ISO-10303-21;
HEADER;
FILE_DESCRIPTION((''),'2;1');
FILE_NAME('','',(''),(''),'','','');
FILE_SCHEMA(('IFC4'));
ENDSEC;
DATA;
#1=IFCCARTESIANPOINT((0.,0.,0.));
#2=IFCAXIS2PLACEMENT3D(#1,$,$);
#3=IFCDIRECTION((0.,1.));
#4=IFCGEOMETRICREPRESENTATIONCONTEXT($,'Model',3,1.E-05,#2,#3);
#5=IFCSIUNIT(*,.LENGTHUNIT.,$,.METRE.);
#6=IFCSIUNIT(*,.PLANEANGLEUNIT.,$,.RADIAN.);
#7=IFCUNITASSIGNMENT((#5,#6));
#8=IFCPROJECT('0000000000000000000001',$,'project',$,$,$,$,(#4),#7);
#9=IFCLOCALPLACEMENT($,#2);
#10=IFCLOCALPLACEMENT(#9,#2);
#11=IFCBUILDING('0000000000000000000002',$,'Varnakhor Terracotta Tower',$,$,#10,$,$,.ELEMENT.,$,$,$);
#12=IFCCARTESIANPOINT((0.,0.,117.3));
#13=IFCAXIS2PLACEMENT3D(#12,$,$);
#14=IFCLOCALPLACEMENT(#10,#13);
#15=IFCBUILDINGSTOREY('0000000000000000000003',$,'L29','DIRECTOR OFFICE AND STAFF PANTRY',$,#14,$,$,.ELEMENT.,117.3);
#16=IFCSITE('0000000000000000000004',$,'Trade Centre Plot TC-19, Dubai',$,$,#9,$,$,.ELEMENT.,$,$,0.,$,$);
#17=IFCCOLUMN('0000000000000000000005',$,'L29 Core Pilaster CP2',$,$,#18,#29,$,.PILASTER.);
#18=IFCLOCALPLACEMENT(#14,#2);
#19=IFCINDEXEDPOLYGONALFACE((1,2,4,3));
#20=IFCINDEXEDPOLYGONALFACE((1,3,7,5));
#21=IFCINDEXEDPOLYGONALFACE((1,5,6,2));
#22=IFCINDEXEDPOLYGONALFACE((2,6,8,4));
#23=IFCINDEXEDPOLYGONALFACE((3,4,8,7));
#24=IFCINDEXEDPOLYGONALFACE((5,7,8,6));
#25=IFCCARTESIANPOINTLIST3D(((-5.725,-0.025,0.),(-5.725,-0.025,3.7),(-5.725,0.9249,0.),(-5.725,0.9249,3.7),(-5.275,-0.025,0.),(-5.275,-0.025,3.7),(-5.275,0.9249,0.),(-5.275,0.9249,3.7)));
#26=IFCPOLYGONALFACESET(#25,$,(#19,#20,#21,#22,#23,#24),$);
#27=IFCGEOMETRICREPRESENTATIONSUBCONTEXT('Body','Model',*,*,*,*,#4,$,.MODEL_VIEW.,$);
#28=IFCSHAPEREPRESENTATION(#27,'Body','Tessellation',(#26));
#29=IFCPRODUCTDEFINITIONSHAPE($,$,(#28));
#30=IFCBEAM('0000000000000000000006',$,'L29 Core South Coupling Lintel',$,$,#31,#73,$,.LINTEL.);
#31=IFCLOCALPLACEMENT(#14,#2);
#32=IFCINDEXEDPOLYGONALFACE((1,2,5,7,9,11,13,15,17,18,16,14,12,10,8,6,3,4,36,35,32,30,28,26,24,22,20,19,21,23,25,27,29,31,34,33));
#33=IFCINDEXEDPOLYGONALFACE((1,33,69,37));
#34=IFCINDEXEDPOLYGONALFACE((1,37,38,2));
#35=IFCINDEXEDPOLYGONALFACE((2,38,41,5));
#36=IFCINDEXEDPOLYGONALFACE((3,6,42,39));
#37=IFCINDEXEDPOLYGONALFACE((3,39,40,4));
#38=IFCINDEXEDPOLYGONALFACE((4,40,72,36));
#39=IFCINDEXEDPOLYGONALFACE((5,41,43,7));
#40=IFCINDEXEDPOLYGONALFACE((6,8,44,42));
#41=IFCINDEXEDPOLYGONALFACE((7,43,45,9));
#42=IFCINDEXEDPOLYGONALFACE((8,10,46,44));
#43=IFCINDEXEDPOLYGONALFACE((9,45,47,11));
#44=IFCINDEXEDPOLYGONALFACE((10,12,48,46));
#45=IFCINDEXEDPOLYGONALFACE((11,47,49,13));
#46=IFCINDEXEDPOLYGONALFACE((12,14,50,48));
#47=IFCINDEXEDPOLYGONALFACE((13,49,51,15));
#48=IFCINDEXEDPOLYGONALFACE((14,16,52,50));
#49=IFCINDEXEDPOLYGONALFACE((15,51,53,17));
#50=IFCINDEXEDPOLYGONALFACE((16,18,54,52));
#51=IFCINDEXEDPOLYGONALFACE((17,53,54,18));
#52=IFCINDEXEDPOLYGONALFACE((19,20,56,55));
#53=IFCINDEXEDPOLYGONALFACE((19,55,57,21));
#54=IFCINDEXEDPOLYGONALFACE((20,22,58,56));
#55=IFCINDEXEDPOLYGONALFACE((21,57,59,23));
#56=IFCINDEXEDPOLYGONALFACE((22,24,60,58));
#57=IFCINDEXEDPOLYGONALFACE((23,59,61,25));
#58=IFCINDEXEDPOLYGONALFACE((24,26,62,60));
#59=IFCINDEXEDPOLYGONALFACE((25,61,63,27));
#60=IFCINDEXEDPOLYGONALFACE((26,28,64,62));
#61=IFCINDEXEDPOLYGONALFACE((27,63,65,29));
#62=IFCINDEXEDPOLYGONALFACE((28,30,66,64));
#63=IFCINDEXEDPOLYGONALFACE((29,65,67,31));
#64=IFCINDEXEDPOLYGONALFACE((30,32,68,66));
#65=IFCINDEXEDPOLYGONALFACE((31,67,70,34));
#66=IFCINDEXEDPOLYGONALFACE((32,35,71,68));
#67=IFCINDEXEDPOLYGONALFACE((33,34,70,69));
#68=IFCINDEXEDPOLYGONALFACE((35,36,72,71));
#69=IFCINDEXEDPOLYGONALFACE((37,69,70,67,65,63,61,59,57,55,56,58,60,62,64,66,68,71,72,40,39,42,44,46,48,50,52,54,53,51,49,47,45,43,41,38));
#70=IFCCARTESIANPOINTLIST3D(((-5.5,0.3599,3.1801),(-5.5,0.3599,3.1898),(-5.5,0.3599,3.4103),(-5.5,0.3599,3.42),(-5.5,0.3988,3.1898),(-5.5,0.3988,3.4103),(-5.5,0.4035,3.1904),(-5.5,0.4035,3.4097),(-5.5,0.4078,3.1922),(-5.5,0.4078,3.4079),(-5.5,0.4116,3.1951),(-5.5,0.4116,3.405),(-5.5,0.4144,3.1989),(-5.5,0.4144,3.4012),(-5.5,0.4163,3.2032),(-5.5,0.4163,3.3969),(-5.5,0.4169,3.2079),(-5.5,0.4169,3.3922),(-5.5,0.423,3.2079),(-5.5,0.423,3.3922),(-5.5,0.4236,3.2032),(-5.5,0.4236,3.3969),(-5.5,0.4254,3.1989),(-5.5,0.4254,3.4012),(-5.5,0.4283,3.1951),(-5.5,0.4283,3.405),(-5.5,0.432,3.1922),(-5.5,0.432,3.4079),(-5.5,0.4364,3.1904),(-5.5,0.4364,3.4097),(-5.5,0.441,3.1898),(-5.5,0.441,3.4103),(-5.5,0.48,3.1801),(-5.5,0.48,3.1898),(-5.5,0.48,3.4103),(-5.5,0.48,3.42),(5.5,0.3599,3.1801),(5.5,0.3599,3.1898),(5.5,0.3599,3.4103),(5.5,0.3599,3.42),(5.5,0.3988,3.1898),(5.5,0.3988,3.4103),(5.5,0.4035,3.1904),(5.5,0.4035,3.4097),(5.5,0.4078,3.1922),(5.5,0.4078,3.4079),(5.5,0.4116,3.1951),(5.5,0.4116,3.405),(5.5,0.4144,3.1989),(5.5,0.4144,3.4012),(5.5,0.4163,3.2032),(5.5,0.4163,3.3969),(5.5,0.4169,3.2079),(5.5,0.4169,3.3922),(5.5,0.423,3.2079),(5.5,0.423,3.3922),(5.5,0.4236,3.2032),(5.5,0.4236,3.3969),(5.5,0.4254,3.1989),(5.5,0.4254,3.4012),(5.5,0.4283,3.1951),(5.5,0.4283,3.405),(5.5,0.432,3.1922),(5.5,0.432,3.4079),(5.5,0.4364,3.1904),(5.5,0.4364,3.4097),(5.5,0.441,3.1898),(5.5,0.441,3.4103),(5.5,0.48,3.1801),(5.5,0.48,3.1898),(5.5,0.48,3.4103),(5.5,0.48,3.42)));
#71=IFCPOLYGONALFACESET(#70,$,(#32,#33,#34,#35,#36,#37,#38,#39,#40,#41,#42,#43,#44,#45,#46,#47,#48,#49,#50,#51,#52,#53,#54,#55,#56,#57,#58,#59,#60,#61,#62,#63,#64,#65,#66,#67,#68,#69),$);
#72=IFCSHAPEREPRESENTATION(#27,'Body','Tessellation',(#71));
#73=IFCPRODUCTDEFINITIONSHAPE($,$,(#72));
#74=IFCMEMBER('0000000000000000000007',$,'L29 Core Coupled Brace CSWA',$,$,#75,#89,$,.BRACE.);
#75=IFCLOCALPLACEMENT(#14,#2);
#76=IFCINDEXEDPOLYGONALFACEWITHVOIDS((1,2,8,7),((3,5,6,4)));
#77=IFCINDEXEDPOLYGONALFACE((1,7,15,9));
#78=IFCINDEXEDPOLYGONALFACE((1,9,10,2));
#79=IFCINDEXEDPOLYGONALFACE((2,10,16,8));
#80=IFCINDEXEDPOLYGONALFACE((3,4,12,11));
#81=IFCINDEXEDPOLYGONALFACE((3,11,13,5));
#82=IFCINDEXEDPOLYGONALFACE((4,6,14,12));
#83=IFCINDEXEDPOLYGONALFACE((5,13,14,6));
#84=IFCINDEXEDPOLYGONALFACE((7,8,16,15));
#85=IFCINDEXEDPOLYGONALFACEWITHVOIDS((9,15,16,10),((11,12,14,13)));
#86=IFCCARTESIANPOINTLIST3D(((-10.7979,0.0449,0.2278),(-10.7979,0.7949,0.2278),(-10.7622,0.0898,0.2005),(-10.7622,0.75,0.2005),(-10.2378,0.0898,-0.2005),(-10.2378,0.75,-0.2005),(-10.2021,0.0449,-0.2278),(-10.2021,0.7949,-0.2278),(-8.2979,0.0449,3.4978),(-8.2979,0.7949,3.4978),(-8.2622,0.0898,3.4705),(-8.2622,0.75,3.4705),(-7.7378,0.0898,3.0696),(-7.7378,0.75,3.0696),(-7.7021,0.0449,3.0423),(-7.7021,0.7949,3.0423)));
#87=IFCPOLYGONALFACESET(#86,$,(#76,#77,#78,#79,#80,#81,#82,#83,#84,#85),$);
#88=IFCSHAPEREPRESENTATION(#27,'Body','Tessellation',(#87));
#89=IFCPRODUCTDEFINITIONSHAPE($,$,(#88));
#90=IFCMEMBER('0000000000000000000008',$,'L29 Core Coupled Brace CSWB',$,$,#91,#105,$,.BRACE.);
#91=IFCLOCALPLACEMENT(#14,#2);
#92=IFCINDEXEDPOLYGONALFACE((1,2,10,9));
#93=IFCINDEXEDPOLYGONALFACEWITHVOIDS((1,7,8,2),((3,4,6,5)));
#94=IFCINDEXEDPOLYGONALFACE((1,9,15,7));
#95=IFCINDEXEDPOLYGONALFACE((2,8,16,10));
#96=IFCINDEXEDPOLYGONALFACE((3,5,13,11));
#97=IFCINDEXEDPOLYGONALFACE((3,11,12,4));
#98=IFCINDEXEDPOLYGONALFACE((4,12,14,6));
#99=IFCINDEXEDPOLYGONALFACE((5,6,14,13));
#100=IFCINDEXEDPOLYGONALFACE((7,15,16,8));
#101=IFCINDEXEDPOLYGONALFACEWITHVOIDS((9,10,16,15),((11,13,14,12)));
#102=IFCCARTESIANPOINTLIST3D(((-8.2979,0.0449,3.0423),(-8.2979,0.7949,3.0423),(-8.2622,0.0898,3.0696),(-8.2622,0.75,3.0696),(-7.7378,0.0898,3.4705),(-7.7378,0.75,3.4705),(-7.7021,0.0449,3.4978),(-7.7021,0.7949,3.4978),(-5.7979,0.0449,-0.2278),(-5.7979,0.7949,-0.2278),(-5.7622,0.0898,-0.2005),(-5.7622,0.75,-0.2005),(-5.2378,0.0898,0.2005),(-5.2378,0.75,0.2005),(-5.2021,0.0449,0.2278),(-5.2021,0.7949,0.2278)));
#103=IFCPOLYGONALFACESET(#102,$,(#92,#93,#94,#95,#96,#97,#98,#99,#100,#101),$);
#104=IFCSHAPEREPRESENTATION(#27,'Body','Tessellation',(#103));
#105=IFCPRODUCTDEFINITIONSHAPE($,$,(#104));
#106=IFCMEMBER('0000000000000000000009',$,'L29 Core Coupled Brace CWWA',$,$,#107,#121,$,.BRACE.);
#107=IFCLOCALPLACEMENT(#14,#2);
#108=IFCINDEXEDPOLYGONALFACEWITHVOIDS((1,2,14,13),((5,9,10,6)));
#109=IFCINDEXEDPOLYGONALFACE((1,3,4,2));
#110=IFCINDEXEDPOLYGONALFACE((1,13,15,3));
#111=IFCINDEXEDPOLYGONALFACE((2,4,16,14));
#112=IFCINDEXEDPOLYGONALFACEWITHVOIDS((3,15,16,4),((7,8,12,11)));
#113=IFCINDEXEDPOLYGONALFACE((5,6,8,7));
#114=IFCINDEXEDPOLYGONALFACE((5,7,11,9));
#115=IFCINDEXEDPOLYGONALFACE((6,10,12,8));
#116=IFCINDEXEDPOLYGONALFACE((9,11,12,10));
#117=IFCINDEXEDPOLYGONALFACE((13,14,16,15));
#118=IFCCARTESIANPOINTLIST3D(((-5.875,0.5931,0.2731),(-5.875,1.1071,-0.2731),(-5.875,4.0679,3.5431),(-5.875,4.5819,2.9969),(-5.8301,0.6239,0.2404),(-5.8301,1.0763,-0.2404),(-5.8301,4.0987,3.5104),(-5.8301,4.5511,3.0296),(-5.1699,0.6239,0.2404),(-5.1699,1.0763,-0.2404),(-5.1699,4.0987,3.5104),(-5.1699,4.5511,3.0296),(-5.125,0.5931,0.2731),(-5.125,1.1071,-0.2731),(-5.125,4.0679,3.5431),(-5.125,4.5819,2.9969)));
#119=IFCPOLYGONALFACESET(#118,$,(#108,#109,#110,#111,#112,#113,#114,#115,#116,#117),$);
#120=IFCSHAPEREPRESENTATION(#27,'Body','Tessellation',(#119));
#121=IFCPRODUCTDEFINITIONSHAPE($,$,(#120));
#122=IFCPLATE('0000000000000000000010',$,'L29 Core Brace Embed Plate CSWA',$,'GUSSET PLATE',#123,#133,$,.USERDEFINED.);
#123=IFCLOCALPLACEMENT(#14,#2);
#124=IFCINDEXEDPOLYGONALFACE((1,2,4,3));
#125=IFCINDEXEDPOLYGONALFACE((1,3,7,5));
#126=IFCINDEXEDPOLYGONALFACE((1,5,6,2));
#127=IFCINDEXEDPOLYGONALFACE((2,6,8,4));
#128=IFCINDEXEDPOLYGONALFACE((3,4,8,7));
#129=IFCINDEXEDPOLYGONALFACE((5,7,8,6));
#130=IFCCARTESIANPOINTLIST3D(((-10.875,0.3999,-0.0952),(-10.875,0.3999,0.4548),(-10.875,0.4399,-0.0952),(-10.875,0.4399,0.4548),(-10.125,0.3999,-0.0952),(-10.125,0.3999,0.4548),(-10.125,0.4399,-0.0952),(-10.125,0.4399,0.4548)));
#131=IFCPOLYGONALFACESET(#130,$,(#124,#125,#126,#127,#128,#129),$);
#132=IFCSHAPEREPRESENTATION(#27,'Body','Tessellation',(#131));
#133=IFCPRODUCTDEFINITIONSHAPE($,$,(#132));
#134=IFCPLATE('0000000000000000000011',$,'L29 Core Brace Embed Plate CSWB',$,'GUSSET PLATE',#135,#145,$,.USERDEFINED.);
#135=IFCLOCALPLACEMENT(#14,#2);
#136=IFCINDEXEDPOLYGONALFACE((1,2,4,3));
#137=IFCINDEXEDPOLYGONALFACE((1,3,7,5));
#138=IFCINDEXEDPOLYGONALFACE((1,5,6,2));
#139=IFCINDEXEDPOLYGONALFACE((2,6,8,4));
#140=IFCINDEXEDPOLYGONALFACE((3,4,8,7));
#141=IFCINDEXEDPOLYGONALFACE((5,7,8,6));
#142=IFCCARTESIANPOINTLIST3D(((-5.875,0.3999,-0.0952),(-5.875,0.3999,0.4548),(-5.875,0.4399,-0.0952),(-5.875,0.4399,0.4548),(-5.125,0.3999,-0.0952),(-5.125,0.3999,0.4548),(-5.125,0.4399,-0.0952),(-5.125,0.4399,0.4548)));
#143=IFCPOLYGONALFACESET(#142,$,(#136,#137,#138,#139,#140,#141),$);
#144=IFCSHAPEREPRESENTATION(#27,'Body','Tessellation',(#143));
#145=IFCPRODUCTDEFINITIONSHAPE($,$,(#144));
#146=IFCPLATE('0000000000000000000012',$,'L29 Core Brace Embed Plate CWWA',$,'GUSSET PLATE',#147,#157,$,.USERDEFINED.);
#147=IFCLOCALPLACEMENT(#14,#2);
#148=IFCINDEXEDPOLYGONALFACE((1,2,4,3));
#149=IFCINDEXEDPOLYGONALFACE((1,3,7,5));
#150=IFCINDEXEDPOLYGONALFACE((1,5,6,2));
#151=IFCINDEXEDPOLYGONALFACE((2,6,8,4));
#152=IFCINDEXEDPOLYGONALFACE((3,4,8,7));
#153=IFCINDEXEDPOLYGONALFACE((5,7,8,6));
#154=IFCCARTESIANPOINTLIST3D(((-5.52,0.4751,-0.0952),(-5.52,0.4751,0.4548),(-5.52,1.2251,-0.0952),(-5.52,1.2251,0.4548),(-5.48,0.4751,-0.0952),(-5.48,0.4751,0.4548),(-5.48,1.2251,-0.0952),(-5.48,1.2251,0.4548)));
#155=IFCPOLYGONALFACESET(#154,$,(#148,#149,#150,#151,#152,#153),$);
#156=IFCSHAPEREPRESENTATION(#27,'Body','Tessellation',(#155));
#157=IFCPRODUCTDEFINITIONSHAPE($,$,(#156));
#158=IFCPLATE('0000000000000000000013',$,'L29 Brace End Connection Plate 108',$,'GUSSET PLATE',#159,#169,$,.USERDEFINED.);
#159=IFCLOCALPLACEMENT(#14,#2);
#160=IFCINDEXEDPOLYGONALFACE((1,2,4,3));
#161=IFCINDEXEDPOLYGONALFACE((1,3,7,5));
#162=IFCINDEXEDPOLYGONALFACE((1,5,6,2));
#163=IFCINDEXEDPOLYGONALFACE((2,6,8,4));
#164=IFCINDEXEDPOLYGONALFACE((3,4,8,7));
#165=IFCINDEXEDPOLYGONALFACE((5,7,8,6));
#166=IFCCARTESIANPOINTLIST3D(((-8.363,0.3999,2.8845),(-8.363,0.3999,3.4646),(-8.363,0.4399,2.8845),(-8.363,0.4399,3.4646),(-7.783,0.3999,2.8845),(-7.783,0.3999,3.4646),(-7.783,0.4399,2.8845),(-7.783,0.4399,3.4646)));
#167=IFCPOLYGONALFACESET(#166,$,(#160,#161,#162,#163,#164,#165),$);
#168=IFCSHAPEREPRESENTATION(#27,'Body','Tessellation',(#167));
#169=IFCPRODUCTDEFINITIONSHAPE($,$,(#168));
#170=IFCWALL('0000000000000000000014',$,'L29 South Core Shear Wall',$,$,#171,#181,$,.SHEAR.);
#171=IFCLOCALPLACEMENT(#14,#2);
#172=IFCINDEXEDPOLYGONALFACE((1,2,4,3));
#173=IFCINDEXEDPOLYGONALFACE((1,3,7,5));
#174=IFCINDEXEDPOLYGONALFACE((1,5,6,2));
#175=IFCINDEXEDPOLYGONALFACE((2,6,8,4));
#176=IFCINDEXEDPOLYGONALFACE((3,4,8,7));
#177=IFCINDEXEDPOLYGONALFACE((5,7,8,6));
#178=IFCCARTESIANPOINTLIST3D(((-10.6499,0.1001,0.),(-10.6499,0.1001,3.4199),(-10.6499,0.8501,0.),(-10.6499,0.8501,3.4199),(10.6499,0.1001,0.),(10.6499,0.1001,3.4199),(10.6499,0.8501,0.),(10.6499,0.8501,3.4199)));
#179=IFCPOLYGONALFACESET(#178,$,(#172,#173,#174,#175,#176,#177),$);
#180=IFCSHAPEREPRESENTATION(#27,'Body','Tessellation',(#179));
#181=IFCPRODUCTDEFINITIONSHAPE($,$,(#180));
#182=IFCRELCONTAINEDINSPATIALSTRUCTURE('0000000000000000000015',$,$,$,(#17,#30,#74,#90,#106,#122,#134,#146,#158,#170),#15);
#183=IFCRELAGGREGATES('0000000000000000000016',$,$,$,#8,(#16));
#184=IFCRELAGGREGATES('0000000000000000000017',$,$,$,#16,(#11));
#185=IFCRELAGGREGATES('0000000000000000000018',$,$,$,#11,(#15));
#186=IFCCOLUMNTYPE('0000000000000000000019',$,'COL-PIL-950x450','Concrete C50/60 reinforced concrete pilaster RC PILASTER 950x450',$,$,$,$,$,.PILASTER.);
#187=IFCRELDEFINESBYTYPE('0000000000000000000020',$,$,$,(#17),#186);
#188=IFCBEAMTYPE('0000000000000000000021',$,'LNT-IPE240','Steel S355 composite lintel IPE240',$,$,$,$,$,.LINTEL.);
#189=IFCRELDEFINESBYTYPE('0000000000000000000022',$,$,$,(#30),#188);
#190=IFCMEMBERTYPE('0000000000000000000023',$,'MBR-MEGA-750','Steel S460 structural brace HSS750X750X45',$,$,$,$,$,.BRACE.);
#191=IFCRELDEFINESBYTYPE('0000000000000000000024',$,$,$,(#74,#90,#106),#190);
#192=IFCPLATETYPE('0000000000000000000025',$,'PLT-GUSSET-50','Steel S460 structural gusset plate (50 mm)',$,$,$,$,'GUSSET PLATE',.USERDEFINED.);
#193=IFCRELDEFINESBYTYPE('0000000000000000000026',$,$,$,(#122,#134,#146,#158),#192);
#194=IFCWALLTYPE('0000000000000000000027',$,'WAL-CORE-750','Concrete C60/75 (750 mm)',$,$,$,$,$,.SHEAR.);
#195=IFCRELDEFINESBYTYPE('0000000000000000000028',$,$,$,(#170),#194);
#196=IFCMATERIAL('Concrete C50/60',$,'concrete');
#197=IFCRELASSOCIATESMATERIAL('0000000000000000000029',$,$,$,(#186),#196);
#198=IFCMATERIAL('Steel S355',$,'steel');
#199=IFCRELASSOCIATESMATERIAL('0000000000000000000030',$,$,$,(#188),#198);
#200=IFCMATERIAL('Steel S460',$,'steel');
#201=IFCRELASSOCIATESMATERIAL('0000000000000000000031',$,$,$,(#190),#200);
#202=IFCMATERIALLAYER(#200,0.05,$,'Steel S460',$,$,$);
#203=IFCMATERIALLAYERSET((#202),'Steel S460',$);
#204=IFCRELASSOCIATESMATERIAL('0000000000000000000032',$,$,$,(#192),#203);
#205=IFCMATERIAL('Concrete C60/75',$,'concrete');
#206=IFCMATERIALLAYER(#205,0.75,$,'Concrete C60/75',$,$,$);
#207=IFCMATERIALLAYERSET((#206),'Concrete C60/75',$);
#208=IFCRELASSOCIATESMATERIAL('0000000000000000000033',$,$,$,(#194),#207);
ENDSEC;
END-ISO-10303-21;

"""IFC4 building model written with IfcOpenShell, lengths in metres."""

from ifc_helpers import new_model, si_unit, direction, frame, frame_2d, origin, origin_2d, place, context, subcontext, project, spatial, rectangle, hollow_rectangle, i_section, extrude, source, transform, mapped, material, layer, layer_set, material_profile, profile_set, type_object, type_shapes, element, save


model = new_model("IFC4")

# Units and contexts
model_context = context("Model", 3, precision=1e-05, world=origin(), true_north=direction((0.0, 1.0)))
body_context = subcontext(model_context, "Body", "Model", "MODEL_VIEW")
ifc_project = project(units=[si_unit("LENGTHUNIT", "METRE"), si_unit("PLANEANGLEUNIT", "RADIAN")], contexts=[model_context])

# Site, building, storey
site_placement = place(None, origin())
site = spatial("IfcSite", under=ifc_project, at=site_placement, Name="Trade Centre Plot TC-19, Dubai", CompositionType="ELEMENT", RefElevation=0.0)
building_placement = place(site_placement, origin())
building = spatial("IfcBuilding", under=site, at=building_placement, Name="Varnakhor Terracotta Tower", CompositionType="ELEMENT")
storey_placement = place(building_placement, frame((0.0, 0.0, 117.3)))
storey = spatial("IfcBuildingStorey", under=building, at=storey_placement, Name="L29", Description="DIRECTOR OFFICE AND STAFF PANTRY", CompositionType="ELEMENT", Elevation=117.3)

# Column
ifc_material_1 = material(Name="Concrete C50/60", Category="concrete")
ifc_material_profile_1 = material_profile(ifc_material_1, rectangle(XDim=0.45, YDim=0.95, at=origin_2d()), Name="RC PILASTER 950x450")
ifc_profile_set_1 = profile_set([ifc_material_profile_1], Name="Concrete C50/60")
column_type = type_object("IfcColumnType", Name="COL-PIL-950x450", Description="Concrete C50/60 reinforced concrete pilaster RC PILASTER 950x450", PredefinedType="PILASTER", material=ifc_profile_set_1)
shared_shape_1 = source(origin(), body_context, "Body", "SweptSolid", [
    extrude(rectangle(XDim=0.45, YDim=0.95, at=origin_2d()), origin(), (0.0, 0.0, 1.0), 3.7),
])
column_placement = place(storey_placement, frame((-5.5, 0.45, 0.0), z_axis=(0.0, 0.0, 1.0), x_axis=(1.0, 0.0, 0.0)))
element("IfcColumn", 1, at=column_placement, inside=storey, type_object=column_type, Name="L29 Core Pilaster CP2", PredefinedType="PILASTER", context=body_context, shape_type="MappedRepresentation", body=[
    mapped(shared_shape_1, transform((0.0, 0.0, 0.0), scale=1.0)),
])

# Beam
ifc_material_2 = material(Name="Steel S355", Category="steel")
ifc_material_profile_2 = material_profile(ifc_material_2, i_section(OverallWidth=0.1201, OverallDepth=0.24, WebThickness=0.0061, FlangeThickness=0.0098, FilletRadius=0.0181, at=origin_2d()), Name="IPE240")
ifc_profile_set_2 = profile_set([ifc_material_profile_2], Name="Steel S355")
beam_type = type_object("IfcBeamType", Name="LNT-IPE240", Description="Steel S355 composite lintel IPE240", PredefinedType="LINTEL", material=ifc_profile_set_2)
shared_shape_2 = source(origin(), body_context, "Body", "SweptSolid", [
    extrude(i_section(OverallWidth=0.1201, OverallDepth=0.24, WebThickness=0.0061, FlangeThickness=0.0098, FilletRadius=0.0181, at=origin_2d()), origin(), (0.0, 0.0, 1.0), 11.0),
])
type_shapes(beam_type, [shared_shape_2])
beam_placement = place(storey_placement, frame((-5.5, 0.4199, 3.3), z_axis=(1.0, 0.0, 0.0), x_axis=(0.0, 1.0, 0.0)))
element("IfcBeam", 2, at=beam_placement, inside=storey, type_object=beam_type, Name="L29 Core South Coupling Lintel", PredefinedType="LINTEL", context=body_context, shape_type="MappedRepresentation", body=[
    mapped(shared_shape_2, transform((0.0, 0.0, 0.0), scale=1.0)),
])

# Members
ifc_material_3 = material(Name="Steel S460", Category="steel")
ifc_material_profile_3 = material_profile(ifc_material_3, hollow_rectangle(XDim=0.75, YDim=0.75, WallThickness=0.0449, at=origin_2d()), Name="HSS750X750X45")
ifc_profile_set_3 = profile_set([ifc_material_profile_3], Name="Steel S460")
member_type = type_object("IfcMemberType", Name="MBR-MEGA-750", Description="Steel S460 structural brace HSS750X750X45", PredefinedType="BRACE", material=ifc_profile_set_3)
shared_shape_3 = source(origin(), body_context, "Body", "SweptSolid", [
    extrude(hollow_rectangle(XDim=0.75, YDim=0.75, WallThickness=0.0449, at=origin_2d()), origin(), (0.0, 0.0, 1.0), 4.1162),
])
for number, where, z_axis, x_axis, name in (
    (3, (-10.5, 0.4199, 0.0), (0.607358, 0.0, 0.794429), (0.0, 1.0, 0.0), "L29 Core Coupled Brace CSWA"),
    (4, (-5.5, 0.4199, 0.0), (-0.607358, 0.0, 0.794429), (0.0, -1.0, 0.0), "L29 Core Coupled Brace CSWB"),
):
    element("IfcMember", number, at=place(storey_placement, frame(where, z_axis=z_axis, x_axis=x_axis)), inside=storey, type_object=member_type, Name=name, PredefinedType="BRACE", context=body_context, shape_type="MappedRepresentation", body=[
        mapped(shared_shape_3, transform((0.0, 0.0, 0.0), scale=1.0)),
    ])
shared_shape_4 = source(origin(), body_context, "Body", "SweptSolid", [
    extrude(hollow_rectangle(XDim=0.75, YDim=0.75, WallThickness=0.0449, at=origin_2d()), origin(), (0.0, 0.0, 1.0), 4.7715),
])
member_placement = place(storey_placement, frame((-5.5, 0.8501, 0.0), z_axis=(0.0, 0.728245, 0.685317), x_axis=(-1.0, 0.0, 0.0)))
element("IfcMember", 5, at=member_placement, inside=storey, type_object=member_type, Name="L29 Core Coupled Brace CWWA", PredefinedType="BRACE", context=body_context, shape_type="MappedRepresentation", body=[
    mapped(shared_shape_4, transform((0.0, 0.0, 0.0), scale=1.0)),
])

# Plates
ifc_layer_1 = layer(ifc_material_3, 0.05, Name="Steel S460")
ifc_layer_set_1 = layer_set([ifc_layer_1], Name="Steel S460")
plate_type = type_object("IfcPlateType", Name="PLT-GUSSET-50", Description="Steel S460 structural gusset plate (50 mm)", ElementType="GUSSET PLATE", PredefinedType="USERDEFINED", material=ifc_layer_set_1)
shared_shape_5 = source(origin(), body_context, "Body", "SweptSolid", [
    extrude(rectangle(XDim=0.75, YDim=0.04, at=origin_2d()), origin(), (0.0, 0.0, 1.0), 0.55),
])
type_shapes(plate_type, [shared_shape_5])
for number, where, z_axis, x_axis, name in (
    (6, (-10.5, 0.4199, -0.0952), (0.0, 0.0, 1.0), (1.0, 0.0, 0.0), "L29 Core Brace Embed Plate CSWA"),
    (7, (-5.5, 0.4199, -0.0952), (0.0, 0.0, 1.0), (1.0, 0.0, 0.0), "L29 Core Brace Embed Plate CSWB"),
    (8, (-5.5, 0.8501, -0.0952), (0.0, 0.0, 1.0), (0.0, 1.0, 0.0), "L29 Core Brace Embed Plate CWWA"),
):
    element("IfcPlate", number, at=place(storey_placement, frame(where, z_axis=z_axis, x_axis=x_axis)), inside=storey, type_object=plate_type, Name=name, ObjectType="GUSSET PLATE", PredefinedType="USERDEFINED", context=body_context, shape_type="MappedRepresentation", body=[
        mapped(shared_shape_5, transform((0.0, 0.0, 0.0), scale=1.0)),
    ])
shared_shape_6 = source(origin(), body_context, "Body", "SweptSolid", [
    extrude(rectangle(XDim=0.5801, YDim=0.04, at=origin_2d()), origin(), (0.0, 0.0, 1.0), 0.5801),
])
plate_placement = place(storey_placement, frame((-8.073, 0.4199, 2.8845), z_axis=(0.0, 0.0, 1.0), x_axis=(1.0, 0.0, 0.0)))
element("IfcPlate", 9, at=plate_placement, inside=storey, type_object=plate_type, Name="L29 Brace End Connection Plate 108", ObjectType="GUSSET PLATE", PredefinedType="USERDEFINED", context=body_context, shape_type="MappedRepresentation", body=[
    mapped(shared_shape_6, transform((0.0, 0.0, 0.0), scale=1.0)),
])

# Wall
ifc_material_4 = material(Name="Concrete C60/75", Category="concrete")
ifc_layer_2 = layer(ifc_material_4, 0.75, Name="Concrete C60/75")
ifc_layer_set_2 = layer_set([ifc_layer_2], Name="Concrete C60/75")
wall_type_1 = type_object("IfcWallType", Name="WAL-CORE-750", Description="Concrete C60/75 (750 mm)", PredefinedType="SHEAR", material=ifc_layer_set_2)
wall_1_placement = place(storey_placement, frame((-10.6499, 0.4751, 0.0), z_axis=(0.0, 0.0, 1.0), x_axis=(1.0, 0.0, 0.0)))
element("IfcWall", 10, at=wall_1_placement, inside=storey, type_object=wall_type_1, Name="L29 South Core Shear Wall", PredefinedType="SHEAR", context=body_context, shape_type="SweptSolid", body=[
    extrude(rectangle(XDim=21.2998, YDim=0.75, at=frame_2d((10.6499, 0.0))), origin(), (0.0, 0.0, 1.0), 3.4199),
])

save(model, "model.ifc")
